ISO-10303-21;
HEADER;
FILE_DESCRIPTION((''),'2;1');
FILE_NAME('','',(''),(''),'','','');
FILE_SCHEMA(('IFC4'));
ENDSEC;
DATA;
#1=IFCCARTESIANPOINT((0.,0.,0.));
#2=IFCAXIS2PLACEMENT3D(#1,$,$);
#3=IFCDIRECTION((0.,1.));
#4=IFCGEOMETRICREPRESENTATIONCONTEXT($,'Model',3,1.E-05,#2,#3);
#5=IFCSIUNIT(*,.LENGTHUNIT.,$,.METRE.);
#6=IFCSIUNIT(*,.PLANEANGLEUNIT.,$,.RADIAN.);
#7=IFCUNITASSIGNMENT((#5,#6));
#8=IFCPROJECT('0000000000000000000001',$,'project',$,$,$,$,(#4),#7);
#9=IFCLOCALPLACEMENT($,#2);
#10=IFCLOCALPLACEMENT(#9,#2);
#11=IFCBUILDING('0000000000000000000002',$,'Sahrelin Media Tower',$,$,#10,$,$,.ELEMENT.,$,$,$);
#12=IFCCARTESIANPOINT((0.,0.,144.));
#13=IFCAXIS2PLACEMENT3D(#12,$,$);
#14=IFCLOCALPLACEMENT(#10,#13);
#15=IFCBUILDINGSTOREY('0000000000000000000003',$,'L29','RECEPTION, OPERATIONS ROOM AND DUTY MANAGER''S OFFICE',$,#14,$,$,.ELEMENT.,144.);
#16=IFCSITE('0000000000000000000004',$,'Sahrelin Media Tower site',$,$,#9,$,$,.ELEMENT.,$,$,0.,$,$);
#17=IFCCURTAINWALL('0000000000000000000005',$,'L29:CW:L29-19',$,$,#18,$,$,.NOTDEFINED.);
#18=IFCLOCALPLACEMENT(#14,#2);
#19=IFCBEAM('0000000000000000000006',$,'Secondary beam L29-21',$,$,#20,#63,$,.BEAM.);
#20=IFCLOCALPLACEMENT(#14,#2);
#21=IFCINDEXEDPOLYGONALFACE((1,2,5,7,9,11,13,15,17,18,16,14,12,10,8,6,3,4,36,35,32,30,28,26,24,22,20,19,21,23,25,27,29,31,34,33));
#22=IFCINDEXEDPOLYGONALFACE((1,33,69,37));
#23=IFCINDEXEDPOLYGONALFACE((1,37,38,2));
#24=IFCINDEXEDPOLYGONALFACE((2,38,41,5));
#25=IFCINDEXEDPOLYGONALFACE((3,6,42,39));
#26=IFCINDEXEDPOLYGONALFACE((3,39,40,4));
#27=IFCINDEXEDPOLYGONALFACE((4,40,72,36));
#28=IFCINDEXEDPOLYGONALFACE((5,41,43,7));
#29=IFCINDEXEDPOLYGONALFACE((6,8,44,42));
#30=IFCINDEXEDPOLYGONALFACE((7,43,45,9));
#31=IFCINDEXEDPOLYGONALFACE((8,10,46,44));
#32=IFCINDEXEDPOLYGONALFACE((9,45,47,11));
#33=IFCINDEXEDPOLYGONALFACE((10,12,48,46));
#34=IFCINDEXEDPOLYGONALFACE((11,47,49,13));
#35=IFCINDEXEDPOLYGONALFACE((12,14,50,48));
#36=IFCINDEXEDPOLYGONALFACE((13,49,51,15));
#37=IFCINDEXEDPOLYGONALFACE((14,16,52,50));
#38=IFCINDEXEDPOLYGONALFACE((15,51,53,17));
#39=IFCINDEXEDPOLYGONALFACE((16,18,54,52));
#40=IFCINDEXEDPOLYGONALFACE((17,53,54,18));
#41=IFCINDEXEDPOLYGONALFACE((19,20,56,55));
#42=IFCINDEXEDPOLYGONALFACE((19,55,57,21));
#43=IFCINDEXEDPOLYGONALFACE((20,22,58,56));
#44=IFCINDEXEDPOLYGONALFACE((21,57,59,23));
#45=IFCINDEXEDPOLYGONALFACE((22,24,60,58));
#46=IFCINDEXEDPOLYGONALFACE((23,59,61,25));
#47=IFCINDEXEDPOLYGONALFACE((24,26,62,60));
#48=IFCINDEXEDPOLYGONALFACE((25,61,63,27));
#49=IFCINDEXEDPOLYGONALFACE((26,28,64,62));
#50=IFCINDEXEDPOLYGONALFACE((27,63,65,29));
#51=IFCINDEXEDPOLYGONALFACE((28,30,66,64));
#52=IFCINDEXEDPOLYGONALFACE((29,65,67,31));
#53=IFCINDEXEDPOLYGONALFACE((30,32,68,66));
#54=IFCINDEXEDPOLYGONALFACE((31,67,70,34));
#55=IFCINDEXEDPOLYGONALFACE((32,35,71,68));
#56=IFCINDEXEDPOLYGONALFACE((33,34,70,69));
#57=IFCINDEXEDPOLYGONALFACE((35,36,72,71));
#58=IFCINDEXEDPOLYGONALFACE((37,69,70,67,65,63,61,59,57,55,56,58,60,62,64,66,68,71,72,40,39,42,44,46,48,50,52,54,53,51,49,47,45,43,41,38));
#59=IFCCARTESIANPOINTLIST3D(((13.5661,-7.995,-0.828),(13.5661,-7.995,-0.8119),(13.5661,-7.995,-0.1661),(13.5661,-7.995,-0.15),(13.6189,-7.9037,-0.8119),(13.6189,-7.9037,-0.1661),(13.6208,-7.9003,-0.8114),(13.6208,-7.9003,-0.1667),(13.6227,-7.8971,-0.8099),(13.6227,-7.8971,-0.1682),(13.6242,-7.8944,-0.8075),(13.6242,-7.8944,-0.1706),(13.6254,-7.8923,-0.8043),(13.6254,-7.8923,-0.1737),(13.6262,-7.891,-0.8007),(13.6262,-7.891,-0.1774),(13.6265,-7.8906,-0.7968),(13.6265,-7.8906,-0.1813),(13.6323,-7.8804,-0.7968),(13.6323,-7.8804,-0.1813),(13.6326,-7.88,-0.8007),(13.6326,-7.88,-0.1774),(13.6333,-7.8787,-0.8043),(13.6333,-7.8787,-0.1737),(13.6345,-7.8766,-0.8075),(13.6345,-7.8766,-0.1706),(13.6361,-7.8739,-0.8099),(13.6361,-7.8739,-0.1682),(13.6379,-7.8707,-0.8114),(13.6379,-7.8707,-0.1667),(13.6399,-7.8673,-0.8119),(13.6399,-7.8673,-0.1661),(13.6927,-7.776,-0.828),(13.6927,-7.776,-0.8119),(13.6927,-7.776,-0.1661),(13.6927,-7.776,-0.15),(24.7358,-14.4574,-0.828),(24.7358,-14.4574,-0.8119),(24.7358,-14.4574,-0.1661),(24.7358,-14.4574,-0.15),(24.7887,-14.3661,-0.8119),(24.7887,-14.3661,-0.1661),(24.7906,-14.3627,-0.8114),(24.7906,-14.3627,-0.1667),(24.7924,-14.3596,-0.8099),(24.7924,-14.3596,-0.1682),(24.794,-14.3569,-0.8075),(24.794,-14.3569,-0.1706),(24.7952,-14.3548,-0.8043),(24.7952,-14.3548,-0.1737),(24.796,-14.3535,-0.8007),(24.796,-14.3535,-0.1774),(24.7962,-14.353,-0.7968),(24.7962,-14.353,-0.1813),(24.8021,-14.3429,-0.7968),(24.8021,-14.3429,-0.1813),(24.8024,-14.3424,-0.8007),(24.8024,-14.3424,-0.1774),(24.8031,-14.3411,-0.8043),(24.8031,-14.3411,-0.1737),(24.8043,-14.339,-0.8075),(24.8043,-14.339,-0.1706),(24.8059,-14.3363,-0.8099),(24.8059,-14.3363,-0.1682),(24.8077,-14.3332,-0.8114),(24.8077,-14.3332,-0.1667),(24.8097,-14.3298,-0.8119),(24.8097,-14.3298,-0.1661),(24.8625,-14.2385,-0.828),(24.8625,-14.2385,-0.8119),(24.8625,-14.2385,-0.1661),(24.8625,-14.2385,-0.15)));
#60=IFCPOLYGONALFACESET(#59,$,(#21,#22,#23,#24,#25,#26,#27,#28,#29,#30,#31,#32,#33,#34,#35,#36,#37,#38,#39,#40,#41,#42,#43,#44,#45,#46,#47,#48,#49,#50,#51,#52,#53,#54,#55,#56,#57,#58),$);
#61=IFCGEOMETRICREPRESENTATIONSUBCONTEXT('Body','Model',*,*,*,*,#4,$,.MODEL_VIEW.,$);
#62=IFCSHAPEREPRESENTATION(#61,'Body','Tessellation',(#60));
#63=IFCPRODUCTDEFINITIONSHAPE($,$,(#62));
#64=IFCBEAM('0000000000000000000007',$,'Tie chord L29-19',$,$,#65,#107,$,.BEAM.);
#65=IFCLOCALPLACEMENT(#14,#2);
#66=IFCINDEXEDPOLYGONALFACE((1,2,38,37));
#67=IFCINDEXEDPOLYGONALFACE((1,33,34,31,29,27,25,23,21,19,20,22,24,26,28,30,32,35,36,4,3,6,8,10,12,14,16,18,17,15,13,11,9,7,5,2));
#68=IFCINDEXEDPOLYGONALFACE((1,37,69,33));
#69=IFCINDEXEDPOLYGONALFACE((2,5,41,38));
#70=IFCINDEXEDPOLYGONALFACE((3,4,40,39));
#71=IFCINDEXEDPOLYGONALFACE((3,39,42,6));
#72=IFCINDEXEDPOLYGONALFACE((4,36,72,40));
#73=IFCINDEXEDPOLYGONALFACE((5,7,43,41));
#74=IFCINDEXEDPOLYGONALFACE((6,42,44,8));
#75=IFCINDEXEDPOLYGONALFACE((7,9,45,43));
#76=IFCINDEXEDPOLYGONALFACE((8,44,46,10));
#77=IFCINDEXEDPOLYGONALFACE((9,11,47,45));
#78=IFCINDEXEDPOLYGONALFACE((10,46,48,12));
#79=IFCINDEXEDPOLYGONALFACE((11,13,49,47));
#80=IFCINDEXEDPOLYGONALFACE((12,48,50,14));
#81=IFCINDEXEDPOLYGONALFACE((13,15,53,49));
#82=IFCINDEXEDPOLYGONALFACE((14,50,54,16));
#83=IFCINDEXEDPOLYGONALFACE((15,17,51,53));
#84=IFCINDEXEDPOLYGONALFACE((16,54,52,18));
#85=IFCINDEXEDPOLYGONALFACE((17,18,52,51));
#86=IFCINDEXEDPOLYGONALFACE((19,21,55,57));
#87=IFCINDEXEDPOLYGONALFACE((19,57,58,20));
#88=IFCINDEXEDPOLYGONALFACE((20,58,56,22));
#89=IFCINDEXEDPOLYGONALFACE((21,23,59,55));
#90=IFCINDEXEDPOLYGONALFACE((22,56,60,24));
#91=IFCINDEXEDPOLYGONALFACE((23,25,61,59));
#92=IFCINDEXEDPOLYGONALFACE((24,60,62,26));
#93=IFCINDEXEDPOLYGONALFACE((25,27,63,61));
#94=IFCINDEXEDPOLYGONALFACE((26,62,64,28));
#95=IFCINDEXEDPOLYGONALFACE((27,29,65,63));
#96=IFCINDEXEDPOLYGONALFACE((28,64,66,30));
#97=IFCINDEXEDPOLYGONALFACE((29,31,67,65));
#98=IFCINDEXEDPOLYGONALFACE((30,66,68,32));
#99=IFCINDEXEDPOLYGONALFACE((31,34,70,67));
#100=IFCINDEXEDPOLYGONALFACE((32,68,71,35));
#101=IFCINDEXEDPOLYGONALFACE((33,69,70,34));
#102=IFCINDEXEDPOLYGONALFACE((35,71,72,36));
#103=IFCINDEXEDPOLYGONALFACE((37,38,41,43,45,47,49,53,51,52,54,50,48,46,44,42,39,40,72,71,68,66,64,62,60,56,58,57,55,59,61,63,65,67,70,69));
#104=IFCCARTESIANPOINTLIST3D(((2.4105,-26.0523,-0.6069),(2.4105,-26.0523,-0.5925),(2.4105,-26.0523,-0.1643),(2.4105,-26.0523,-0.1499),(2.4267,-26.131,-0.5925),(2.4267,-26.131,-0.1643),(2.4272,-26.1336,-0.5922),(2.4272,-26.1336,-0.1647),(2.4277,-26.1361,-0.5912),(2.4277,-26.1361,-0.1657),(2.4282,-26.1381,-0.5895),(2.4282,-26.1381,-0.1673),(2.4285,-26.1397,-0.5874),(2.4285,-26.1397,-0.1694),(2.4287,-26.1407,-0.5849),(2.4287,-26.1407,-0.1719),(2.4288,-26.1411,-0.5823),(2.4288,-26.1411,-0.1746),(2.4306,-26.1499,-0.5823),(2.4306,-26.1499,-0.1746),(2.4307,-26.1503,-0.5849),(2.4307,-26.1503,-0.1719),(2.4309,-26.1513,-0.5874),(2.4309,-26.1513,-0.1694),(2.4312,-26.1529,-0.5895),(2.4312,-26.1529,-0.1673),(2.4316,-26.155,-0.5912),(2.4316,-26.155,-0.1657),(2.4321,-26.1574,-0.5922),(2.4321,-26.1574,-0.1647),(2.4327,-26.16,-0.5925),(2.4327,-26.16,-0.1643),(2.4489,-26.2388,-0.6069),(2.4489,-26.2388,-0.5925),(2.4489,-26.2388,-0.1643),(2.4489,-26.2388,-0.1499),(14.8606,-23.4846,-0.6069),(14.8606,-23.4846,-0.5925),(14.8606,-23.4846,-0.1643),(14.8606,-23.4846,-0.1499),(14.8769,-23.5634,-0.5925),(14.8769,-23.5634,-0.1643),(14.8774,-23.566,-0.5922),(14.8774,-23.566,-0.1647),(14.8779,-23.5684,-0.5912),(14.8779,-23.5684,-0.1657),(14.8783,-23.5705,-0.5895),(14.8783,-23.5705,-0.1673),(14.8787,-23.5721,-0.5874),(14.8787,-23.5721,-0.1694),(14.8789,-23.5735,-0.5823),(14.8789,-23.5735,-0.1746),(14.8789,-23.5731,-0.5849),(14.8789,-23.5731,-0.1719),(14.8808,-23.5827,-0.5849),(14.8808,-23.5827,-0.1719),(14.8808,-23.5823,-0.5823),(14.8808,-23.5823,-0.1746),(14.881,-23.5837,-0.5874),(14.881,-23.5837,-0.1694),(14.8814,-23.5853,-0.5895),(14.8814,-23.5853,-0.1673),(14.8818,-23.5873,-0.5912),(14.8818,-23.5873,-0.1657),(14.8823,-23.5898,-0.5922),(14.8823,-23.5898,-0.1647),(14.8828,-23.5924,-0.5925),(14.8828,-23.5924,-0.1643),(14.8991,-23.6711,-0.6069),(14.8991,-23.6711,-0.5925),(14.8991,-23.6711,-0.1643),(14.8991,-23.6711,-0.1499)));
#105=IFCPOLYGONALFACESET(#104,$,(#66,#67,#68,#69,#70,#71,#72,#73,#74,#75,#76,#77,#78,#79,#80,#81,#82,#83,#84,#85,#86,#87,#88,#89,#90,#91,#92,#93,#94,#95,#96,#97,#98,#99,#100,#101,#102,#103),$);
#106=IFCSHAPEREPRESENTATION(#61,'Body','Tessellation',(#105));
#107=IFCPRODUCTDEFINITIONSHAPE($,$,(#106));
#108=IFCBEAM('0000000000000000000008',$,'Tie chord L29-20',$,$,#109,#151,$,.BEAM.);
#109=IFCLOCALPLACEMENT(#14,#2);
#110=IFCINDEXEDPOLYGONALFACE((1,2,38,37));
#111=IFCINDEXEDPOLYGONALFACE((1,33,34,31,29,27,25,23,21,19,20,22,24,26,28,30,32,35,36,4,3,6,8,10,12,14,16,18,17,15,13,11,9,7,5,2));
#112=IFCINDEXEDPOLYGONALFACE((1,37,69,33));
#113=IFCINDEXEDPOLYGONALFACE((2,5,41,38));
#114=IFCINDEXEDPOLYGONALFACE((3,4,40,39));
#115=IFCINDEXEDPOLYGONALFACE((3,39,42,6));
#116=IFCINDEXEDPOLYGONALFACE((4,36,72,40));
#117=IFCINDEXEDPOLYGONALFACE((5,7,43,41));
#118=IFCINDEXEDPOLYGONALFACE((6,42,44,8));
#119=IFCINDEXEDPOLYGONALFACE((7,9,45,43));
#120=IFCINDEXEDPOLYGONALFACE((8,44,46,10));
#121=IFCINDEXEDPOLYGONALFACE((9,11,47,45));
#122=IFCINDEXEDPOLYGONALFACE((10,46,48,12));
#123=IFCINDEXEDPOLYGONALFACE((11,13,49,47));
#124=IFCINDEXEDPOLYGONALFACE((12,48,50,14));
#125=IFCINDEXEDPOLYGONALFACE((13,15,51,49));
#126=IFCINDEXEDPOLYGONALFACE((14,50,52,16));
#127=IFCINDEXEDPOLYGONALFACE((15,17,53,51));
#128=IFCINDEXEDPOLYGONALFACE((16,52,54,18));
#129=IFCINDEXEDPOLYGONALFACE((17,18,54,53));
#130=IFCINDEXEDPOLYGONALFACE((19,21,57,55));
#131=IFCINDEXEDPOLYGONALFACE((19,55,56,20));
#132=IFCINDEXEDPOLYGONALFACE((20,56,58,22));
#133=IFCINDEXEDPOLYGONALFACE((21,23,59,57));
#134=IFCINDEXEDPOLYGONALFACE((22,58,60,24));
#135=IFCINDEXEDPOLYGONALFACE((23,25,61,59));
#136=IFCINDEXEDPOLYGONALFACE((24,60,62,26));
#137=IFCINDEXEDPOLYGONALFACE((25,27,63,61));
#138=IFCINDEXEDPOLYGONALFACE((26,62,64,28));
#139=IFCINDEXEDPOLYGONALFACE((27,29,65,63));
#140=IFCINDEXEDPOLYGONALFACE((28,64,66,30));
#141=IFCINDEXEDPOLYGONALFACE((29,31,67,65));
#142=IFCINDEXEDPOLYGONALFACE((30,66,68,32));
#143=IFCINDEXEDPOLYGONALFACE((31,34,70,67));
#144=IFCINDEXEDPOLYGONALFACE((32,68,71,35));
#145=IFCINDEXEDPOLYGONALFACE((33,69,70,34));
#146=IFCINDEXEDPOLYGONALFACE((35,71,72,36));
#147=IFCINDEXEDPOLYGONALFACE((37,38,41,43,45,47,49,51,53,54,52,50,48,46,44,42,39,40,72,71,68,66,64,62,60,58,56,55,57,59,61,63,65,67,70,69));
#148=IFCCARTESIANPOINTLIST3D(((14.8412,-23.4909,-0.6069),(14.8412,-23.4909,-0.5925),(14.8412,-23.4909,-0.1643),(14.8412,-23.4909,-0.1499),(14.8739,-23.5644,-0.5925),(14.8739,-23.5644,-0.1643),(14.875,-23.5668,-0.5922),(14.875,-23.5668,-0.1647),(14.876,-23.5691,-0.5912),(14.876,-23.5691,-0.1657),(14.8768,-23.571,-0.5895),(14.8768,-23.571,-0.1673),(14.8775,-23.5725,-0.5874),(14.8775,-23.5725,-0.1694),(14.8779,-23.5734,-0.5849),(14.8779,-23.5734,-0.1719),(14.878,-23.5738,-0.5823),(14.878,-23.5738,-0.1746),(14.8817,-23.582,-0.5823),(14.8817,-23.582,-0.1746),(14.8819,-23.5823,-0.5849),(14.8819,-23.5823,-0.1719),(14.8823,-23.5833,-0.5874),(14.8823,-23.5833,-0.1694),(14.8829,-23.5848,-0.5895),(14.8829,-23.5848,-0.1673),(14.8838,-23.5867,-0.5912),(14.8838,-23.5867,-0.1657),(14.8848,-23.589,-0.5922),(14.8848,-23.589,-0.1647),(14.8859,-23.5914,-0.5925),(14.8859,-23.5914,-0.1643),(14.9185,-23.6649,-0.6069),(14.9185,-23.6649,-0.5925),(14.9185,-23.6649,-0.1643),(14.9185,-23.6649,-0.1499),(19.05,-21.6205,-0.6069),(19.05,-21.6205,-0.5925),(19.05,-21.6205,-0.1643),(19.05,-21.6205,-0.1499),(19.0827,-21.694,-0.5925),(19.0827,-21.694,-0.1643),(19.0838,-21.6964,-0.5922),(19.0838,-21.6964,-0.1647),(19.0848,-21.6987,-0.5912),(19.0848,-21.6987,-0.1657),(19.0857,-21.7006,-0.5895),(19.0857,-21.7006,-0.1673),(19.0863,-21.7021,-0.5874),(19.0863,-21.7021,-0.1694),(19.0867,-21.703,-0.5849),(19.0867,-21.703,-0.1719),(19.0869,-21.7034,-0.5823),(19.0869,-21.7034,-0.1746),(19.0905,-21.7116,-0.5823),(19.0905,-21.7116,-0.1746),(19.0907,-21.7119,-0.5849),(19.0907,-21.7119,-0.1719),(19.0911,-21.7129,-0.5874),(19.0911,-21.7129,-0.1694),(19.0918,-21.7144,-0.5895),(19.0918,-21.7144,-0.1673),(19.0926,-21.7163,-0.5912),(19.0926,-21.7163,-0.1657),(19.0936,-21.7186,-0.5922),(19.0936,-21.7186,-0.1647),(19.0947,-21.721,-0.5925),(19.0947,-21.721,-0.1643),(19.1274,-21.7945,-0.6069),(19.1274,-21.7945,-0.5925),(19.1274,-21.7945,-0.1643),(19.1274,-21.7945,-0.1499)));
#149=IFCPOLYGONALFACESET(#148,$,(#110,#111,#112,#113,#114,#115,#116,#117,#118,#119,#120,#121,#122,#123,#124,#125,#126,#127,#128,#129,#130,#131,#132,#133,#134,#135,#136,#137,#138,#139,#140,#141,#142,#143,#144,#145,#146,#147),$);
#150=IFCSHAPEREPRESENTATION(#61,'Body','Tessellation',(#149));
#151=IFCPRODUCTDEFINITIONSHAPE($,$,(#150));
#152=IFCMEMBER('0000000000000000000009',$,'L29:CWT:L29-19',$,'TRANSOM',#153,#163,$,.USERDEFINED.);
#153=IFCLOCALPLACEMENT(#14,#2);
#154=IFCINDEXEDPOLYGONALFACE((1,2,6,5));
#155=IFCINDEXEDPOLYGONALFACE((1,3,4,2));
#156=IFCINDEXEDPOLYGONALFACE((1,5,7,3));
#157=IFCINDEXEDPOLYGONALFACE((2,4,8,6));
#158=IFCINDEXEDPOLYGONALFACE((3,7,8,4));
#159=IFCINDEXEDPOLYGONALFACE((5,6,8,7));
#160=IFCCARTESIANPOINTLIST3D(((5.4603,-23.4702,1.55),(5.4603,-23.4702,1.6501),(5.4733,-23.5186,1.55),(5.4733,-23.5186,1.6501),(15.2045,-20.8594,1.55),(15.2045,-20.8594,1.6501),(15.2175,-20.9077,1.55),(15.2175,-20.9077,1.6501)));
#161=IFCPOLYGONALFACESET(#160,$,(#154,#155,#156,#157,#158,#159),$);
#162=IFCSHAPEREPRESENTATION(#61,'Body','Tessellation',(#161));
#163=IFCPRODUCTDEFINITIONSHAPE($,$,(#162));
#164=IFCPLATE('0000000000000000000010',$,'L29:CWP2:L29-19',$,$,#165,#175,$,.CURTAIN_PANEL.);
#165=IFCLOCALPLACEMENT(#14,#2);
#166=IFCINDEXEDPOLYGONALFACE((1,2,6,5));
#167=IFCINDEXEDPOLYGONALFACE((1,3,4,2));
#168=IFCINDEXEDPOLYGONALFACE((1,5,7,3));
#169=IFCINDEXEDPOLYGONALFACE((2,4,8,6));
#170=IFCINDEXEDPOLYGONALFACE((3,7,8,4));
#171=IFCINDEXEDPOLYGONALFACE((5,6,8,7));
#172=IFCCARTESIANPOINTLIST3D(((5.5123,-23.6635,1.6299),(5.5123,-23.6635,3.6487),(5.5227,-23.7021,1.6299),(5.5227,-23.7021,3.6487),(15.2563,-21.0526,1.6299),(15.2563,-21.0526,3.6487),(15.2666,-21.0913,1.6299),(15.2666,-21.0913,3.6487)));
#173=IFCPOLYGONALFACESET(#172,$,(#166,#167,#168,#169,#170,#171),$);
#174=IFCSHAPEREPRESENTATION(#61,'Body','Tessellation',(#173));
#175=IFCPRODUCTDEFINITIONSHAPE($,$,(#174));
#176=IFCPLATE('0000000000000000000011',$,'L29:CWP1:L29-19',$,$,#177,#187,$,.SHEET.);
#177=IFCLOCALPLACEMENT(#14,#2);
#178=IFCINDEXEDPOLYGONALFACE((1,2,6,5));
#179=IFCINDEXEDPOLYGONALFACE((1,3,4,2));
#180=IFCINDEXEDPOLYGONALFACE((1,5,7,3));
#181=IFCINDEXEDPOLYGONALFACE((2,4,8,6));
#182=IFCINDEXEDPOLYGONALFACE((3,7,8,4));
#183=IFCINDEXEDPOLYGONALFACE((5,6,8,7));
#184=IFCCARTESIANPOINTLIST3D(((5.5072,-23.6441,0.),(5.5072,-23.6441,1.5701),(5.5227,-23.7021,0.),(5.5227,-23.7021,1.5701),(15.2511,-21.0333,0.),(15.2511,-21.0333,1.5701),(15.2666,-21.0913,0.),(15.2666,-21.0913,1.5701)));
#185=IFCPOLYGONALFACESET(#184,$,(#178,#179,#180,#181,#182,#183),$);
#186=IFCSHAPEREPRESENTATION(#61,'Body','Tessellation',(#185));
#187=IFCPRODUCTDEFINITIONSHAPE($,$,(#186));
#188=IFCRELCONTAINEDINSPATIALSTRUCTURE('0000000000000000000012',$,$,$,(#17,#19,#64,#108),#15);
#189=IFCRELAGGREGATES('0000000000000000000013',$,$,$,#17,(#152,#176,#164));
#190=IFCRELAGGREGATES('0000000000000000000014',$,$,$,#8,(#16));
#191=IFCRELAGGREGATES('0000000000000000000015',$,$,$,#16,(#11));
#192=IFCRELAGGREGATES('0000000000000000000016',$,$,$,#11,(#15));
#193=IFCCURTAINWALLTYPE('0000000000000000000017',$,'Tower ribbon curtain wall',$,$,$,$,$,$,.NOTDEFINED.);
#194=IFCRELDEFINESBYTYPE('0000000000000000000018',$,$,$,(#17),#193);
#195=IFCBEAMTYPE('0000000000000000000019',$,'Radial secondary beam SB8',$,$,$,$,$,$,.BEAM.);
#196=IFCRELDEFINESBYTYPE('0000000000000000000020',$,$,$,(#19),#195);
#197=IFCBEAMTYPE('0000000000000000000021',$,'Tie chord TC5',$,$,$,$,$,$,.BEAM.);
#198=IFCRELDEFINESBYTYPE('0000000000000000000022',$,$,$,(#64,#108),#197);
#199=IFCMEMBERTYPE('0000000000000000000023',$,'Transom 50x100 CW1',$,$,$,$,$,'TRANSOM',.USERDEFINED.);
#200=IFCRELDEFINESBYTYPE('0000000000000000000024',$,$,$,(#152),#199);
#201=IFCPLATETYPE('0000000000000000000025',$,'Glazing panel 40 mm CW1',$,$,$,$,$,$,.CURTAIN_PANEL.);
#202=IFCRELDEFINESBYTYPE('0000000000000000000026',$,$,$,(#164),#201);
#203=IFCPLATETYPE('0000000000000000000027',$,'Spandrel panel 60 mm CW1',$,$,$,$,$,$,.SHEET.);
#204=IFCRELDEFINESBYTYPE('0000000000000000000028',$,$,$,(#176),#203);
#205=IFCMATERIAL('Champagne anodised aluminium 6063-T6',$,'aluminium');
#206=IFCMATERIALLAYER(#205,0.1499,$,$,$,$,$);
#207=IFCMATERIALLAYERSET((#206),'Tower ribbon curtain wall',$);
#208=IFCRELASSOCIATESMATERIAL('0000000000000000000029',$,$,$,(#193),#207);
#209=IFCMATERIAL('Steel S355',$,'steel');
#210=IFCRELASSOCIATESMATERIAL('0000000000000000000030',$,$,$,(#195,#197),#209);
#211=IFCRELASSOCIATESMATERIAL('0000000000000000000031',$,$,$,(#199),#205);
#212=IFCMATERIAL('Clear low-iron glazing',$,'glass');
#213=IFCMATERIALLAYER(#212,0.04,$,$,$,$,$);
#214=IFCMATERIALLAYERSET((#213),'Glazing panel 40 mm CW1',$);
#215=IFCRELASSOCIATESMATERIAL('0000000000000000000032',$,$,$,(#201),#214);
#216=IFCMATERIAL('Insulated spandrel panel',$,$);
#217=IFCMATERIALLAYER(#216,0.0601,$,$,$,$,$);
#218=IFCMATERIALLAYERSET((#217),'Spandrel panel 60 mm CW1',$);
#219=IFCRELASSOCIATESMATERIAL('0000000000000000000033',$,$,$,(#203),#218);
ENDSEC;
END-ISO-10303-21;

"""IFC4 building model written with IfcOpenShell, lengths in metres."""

from ifc_helpers import new_model, si_unit, direction, frame, origin, origin_2d, place, context, subcontext, project, spatial, polyline, rectangle, i_section, outline, extrude, material, layer, layer_set, material_profile, profile_set, type_object, element, aggregate, save


model = new_model("IFC4")

# Units and contexts
model_context = context("Model", 3, precision=1e-05, world=origin(), true_north=direction((0.0, 1.0)))
body_context = subcontext(model_context, "Body", "Model", "MODEL_VIEW")
ifc_project = project(units=[si_unit("LENGTHUNIT", "METRE"), si_unit("PLANEANGLEUNIT", "RADIAN")], contexts=[model_context])

# Site, building, storey
site_placement = place(None, origin())
site = spatial("IfcSite", under=ifc_project, at=site_placement, Name="Sahrelin Media Tower site", CompositionType="ELEMENT", RefElevation=0.0)
building_placement = place(site_placement, origin())
building = spatial("IfcBuilding", under=site, at=building_placement, Name="Sahrelin Media Tower", CompositionType="ELEMENT")
storey_placement = place(building_placement, frame((0.0, 0.0, 144.0)))
storey = spatial("IfcBuildingStorey", under=building, at=storey_placement, Name="L29", Description="RECEPTION, OPERATIONS ROOM AND DUTY MANAGER'S OFFICE", CompositionType="ELEMENT", Elevation=144.0)

# Shared definitions
ifc_material_1 = material(Name="Steel S355", Category="steel")

# Curtain wall
ifc_material_2 = material(Name="Champagne anodised aluminium 6063-T6", Category="aluminium")
ifc_layer_1 = layer(ifc_material_2, 0.1499)
ifc_layer_set_1 = layer_set([ifc_layer_1], Name="Tower ribbon curtain wall")
curtain_wall_type = type_object("IfcCurtainWallType", Name="Tower ribbon curtain wall", PredefinedType="NOTDEFINED", material=ifc_layer_set_1)
curtain_wall_placement = place(storey_placement, frame((10.3894, -22.3772, 0.0), z_axis=(0.0, 0.0, 1.0), x_axis=(1.0, 0.0, 0.0)))
curtain_wall = element("IfcCurtainWall", 1, at=curtain_wall_placement, inside=storey, type_object=curtain_wall_type, Name="L29:CW:L29-19", PredefinedType="NOTDEFINED")

# Beams
ifc_material_profile_1 = material_profile(ifc_material_1, i_section(OverallWidth=0.2529, OverallDepth=0.678, WebThickness=0.0117, FlangeThickness=0.0161, FilletRadius=0.0151, at=origin_2d()), Name="UB 686x254x125")
ifc_profile_set_1 = profile_set([ifc_material_profile_1], Name="Steel S355")
beam_type_1 = type_object("IfcBeamType", Name="Radial secondary beam SB8", PredefinedType="BEAM", material=ifc_profile_set_1)
beam_1_placement = place(storey_placement, frame((13.6294, -7.8855, -0.489), z_axis=(0.865569, -0.500789, 0.0), x_axis=(0.500789, 0.865569, 0.0)))
element("IfcBeam", 2, at=beam_1_placement, inside=storey, type_object=beam_type_1, Name="Secondary beam L29-21", PredefinedType="BEAM", context=body_context, shape_type="SweptSolid", body=[
    extrude(i_section(OverallWidth=0.2529, OverallDepth=0.678, WebThickness=0.0117, FlangeThickness=0.0161, FilletRadius=0.0151, at=origin_2d()), origin(), (0.0, 0.0, 1.0), 12.9045),
])
ifc_material_profile_2 = material_profile(ifc_material_1, i_section(OverallWidth=0.1904, OverallDepth=0.457, WebThickness=0.009, FlangeThickness=0.0144, FilletRadius=0.0103, at=origin_2d()), Name="UB 457x191x74")
ifc_profile_set_2 = profile_set([ifc_material_profile_2], Name="Steel S355")
beam_type_2 = type_object("IfcBeamType", Name="Tie chord TC5", PredefinedType="BEAM", material=ifc_profile_set_2)
beam_2_placement = place(storey_placement, frame((2.4297, -26.1455, -0.3784), z_axis=(0.979389, 0.201981, 0.0), x_axis=(-0.201981, 0.979389, 0.0)))
element("IfcBeam", 3, at=beam_2_placement, inside=storey, type_object=beam_type_2, Name="Tie chord L29-19", PredefinedType="BEAM", context=body_context, shape_type="SweptSolid", body=[
    extrude(i_section(OverallWidth=0.1904, OverallDepth=0.457, WebThickness=0.009, FlangeThickness=0.0144, FilletRadius=0.0103, at=origin_2d()), origin(), (0.0, 0.0, 1.0), 12.7122),
])
beam_3_placement = place(storey_placement, frame((14.8799, -23.5779, -0.3784), z_axis=(0.913827, 0.406104, 0.0), x_axis=(-0.406104, 0.913827, 0.0)))
element("IfcBeam", 4, at=beam_3_placement, inside=storey, type_object=beam_type_2, Name="Tie chord L29-20", PredefinedType="BEAM", context=body_context, shape_type="SweptSolid", body=[
    extrude(i_section(OverallWidth=0.1904, OverallDepth=0.457, WebThickness=0.009, FlangeThickness=0.0144, FilletRadius=0.0103, at=origin_2d()), origin(), (0.0, 0.0, 1.0), 4.6057),
])

# Member
ifc_material_profile_3 = material_profile(ifc_material_2, rectangle(XDim=0.05, YDim=0.1001, at=origin_2d()), Name="Transom 50x100")
ifc_profile_set_3 = profile_set([ifc_material_profile_3], Name="Champagne anodised aluminium 6063-T6")
member_type_1 = type_object("IfcMemberType", Name="Transom 50x100 CW1", ElementType="TRANSOM", PredefinedType="USERDEFINED", material=ifc_profile_set_3)
member_1_placement = place(storey_placement, frame((5.4668, -23.4944, 1.6001), z_axis=(0.965928, 0.25881, 0.0), x_axis=(-0.25881, 0.965928, 0.0)))
member_1 = element("IfcMember", 5, at=member_1_placement, type_object=member_type_1, Name="L29:CWT:L29-19", ObjectType="TRANSOM", PredefinedType="USERDEFINED", context=body_context, shape_type="SweptSolid", body=[
    extrude(rectangle(XDim=0.05, YDim=0.1001, at=origin_2d()), origin(), (0.0, 0.0, 1.0), 10.0879),
])

# Plates
ifc_material_3 = material(Name="Clear low-iron glazing", Category="glass")
ifc_layer_2 = layer(ifc_material_3, 0.04)
ifc_layer_set_2 = layer_set([ifc_layer_2], Name="Glazing panel 40 mm CW1")
plate_type_1 = type_object("IfcPlateType", Name="Glazing panel 40 mm CW1", PredefinedType="CURTAIN_PANEL", material=ifc_layer_set_2)
plate_1_placement = place(storey_placement, frame((5.5227, -23.7021, 1.6299), z_axis=(0.258816, -0.965927, 0.0), x_axis=(0.965927, 0.258816, 0.0)))
plate_1 = element("IfcPlate", 6, at=plate_1_placement, type_object=plate_type_1, Name="L29:CWP2:L29-19", PredefinedType="CURTAIN_PANEL", context=body_context, shape_type="SweptSolid", body=[
    extrude(outline(polyline([(0.0, 0.0), (10.0876, 0.0), (10.0876, 2.0188), (0.0, 2.0188), (0.0, 0.0)])), origin(), (0.0, 0.0, -1.0), 0.04),
])
ifc_material_4 = material(Name="Insulated spandrel panel")
ifc_layer_3 = layer(ifc_material_4, 0.0601)
ifc_layer_set_3 = layer_set([ifc_layer_3], Name="Spandrel panel 60 mm CW1")
plate_type_2 = type_object("IfcPlateType", Name="Spandrel panel 60 mm CW1", PredefinedType="SHEET", material=ifc_layer_set_3)
plate_2_placement = place(storey_placement, frame((5.5227, -23.7021, 0.0), z_axis=(0.258816, -0.965927, 0.0), x_axis=(0.965927, 0.258816, 0.0)))
plate_2 = element("IfcPlate", 7, at=plate_2_placement, type_object=plate_type_2, Name="L29:CWP1:L29-19", PredefinedType="SHEET", context=body_context, shape_type="SweptSolid", body=[
    extrude(outline(polyline([(0.0, 0.0), (10.0876, 0.0), (10.0876, 1.5701), (0.0, 1.5701), (0.0, 0.0)])), origin(), (0.0, 0.0, -1.0), 0.0601),
])
aggregate(curtain_wall, [member_1, plate_2, plate_1])

save(model, "model.ifc")
